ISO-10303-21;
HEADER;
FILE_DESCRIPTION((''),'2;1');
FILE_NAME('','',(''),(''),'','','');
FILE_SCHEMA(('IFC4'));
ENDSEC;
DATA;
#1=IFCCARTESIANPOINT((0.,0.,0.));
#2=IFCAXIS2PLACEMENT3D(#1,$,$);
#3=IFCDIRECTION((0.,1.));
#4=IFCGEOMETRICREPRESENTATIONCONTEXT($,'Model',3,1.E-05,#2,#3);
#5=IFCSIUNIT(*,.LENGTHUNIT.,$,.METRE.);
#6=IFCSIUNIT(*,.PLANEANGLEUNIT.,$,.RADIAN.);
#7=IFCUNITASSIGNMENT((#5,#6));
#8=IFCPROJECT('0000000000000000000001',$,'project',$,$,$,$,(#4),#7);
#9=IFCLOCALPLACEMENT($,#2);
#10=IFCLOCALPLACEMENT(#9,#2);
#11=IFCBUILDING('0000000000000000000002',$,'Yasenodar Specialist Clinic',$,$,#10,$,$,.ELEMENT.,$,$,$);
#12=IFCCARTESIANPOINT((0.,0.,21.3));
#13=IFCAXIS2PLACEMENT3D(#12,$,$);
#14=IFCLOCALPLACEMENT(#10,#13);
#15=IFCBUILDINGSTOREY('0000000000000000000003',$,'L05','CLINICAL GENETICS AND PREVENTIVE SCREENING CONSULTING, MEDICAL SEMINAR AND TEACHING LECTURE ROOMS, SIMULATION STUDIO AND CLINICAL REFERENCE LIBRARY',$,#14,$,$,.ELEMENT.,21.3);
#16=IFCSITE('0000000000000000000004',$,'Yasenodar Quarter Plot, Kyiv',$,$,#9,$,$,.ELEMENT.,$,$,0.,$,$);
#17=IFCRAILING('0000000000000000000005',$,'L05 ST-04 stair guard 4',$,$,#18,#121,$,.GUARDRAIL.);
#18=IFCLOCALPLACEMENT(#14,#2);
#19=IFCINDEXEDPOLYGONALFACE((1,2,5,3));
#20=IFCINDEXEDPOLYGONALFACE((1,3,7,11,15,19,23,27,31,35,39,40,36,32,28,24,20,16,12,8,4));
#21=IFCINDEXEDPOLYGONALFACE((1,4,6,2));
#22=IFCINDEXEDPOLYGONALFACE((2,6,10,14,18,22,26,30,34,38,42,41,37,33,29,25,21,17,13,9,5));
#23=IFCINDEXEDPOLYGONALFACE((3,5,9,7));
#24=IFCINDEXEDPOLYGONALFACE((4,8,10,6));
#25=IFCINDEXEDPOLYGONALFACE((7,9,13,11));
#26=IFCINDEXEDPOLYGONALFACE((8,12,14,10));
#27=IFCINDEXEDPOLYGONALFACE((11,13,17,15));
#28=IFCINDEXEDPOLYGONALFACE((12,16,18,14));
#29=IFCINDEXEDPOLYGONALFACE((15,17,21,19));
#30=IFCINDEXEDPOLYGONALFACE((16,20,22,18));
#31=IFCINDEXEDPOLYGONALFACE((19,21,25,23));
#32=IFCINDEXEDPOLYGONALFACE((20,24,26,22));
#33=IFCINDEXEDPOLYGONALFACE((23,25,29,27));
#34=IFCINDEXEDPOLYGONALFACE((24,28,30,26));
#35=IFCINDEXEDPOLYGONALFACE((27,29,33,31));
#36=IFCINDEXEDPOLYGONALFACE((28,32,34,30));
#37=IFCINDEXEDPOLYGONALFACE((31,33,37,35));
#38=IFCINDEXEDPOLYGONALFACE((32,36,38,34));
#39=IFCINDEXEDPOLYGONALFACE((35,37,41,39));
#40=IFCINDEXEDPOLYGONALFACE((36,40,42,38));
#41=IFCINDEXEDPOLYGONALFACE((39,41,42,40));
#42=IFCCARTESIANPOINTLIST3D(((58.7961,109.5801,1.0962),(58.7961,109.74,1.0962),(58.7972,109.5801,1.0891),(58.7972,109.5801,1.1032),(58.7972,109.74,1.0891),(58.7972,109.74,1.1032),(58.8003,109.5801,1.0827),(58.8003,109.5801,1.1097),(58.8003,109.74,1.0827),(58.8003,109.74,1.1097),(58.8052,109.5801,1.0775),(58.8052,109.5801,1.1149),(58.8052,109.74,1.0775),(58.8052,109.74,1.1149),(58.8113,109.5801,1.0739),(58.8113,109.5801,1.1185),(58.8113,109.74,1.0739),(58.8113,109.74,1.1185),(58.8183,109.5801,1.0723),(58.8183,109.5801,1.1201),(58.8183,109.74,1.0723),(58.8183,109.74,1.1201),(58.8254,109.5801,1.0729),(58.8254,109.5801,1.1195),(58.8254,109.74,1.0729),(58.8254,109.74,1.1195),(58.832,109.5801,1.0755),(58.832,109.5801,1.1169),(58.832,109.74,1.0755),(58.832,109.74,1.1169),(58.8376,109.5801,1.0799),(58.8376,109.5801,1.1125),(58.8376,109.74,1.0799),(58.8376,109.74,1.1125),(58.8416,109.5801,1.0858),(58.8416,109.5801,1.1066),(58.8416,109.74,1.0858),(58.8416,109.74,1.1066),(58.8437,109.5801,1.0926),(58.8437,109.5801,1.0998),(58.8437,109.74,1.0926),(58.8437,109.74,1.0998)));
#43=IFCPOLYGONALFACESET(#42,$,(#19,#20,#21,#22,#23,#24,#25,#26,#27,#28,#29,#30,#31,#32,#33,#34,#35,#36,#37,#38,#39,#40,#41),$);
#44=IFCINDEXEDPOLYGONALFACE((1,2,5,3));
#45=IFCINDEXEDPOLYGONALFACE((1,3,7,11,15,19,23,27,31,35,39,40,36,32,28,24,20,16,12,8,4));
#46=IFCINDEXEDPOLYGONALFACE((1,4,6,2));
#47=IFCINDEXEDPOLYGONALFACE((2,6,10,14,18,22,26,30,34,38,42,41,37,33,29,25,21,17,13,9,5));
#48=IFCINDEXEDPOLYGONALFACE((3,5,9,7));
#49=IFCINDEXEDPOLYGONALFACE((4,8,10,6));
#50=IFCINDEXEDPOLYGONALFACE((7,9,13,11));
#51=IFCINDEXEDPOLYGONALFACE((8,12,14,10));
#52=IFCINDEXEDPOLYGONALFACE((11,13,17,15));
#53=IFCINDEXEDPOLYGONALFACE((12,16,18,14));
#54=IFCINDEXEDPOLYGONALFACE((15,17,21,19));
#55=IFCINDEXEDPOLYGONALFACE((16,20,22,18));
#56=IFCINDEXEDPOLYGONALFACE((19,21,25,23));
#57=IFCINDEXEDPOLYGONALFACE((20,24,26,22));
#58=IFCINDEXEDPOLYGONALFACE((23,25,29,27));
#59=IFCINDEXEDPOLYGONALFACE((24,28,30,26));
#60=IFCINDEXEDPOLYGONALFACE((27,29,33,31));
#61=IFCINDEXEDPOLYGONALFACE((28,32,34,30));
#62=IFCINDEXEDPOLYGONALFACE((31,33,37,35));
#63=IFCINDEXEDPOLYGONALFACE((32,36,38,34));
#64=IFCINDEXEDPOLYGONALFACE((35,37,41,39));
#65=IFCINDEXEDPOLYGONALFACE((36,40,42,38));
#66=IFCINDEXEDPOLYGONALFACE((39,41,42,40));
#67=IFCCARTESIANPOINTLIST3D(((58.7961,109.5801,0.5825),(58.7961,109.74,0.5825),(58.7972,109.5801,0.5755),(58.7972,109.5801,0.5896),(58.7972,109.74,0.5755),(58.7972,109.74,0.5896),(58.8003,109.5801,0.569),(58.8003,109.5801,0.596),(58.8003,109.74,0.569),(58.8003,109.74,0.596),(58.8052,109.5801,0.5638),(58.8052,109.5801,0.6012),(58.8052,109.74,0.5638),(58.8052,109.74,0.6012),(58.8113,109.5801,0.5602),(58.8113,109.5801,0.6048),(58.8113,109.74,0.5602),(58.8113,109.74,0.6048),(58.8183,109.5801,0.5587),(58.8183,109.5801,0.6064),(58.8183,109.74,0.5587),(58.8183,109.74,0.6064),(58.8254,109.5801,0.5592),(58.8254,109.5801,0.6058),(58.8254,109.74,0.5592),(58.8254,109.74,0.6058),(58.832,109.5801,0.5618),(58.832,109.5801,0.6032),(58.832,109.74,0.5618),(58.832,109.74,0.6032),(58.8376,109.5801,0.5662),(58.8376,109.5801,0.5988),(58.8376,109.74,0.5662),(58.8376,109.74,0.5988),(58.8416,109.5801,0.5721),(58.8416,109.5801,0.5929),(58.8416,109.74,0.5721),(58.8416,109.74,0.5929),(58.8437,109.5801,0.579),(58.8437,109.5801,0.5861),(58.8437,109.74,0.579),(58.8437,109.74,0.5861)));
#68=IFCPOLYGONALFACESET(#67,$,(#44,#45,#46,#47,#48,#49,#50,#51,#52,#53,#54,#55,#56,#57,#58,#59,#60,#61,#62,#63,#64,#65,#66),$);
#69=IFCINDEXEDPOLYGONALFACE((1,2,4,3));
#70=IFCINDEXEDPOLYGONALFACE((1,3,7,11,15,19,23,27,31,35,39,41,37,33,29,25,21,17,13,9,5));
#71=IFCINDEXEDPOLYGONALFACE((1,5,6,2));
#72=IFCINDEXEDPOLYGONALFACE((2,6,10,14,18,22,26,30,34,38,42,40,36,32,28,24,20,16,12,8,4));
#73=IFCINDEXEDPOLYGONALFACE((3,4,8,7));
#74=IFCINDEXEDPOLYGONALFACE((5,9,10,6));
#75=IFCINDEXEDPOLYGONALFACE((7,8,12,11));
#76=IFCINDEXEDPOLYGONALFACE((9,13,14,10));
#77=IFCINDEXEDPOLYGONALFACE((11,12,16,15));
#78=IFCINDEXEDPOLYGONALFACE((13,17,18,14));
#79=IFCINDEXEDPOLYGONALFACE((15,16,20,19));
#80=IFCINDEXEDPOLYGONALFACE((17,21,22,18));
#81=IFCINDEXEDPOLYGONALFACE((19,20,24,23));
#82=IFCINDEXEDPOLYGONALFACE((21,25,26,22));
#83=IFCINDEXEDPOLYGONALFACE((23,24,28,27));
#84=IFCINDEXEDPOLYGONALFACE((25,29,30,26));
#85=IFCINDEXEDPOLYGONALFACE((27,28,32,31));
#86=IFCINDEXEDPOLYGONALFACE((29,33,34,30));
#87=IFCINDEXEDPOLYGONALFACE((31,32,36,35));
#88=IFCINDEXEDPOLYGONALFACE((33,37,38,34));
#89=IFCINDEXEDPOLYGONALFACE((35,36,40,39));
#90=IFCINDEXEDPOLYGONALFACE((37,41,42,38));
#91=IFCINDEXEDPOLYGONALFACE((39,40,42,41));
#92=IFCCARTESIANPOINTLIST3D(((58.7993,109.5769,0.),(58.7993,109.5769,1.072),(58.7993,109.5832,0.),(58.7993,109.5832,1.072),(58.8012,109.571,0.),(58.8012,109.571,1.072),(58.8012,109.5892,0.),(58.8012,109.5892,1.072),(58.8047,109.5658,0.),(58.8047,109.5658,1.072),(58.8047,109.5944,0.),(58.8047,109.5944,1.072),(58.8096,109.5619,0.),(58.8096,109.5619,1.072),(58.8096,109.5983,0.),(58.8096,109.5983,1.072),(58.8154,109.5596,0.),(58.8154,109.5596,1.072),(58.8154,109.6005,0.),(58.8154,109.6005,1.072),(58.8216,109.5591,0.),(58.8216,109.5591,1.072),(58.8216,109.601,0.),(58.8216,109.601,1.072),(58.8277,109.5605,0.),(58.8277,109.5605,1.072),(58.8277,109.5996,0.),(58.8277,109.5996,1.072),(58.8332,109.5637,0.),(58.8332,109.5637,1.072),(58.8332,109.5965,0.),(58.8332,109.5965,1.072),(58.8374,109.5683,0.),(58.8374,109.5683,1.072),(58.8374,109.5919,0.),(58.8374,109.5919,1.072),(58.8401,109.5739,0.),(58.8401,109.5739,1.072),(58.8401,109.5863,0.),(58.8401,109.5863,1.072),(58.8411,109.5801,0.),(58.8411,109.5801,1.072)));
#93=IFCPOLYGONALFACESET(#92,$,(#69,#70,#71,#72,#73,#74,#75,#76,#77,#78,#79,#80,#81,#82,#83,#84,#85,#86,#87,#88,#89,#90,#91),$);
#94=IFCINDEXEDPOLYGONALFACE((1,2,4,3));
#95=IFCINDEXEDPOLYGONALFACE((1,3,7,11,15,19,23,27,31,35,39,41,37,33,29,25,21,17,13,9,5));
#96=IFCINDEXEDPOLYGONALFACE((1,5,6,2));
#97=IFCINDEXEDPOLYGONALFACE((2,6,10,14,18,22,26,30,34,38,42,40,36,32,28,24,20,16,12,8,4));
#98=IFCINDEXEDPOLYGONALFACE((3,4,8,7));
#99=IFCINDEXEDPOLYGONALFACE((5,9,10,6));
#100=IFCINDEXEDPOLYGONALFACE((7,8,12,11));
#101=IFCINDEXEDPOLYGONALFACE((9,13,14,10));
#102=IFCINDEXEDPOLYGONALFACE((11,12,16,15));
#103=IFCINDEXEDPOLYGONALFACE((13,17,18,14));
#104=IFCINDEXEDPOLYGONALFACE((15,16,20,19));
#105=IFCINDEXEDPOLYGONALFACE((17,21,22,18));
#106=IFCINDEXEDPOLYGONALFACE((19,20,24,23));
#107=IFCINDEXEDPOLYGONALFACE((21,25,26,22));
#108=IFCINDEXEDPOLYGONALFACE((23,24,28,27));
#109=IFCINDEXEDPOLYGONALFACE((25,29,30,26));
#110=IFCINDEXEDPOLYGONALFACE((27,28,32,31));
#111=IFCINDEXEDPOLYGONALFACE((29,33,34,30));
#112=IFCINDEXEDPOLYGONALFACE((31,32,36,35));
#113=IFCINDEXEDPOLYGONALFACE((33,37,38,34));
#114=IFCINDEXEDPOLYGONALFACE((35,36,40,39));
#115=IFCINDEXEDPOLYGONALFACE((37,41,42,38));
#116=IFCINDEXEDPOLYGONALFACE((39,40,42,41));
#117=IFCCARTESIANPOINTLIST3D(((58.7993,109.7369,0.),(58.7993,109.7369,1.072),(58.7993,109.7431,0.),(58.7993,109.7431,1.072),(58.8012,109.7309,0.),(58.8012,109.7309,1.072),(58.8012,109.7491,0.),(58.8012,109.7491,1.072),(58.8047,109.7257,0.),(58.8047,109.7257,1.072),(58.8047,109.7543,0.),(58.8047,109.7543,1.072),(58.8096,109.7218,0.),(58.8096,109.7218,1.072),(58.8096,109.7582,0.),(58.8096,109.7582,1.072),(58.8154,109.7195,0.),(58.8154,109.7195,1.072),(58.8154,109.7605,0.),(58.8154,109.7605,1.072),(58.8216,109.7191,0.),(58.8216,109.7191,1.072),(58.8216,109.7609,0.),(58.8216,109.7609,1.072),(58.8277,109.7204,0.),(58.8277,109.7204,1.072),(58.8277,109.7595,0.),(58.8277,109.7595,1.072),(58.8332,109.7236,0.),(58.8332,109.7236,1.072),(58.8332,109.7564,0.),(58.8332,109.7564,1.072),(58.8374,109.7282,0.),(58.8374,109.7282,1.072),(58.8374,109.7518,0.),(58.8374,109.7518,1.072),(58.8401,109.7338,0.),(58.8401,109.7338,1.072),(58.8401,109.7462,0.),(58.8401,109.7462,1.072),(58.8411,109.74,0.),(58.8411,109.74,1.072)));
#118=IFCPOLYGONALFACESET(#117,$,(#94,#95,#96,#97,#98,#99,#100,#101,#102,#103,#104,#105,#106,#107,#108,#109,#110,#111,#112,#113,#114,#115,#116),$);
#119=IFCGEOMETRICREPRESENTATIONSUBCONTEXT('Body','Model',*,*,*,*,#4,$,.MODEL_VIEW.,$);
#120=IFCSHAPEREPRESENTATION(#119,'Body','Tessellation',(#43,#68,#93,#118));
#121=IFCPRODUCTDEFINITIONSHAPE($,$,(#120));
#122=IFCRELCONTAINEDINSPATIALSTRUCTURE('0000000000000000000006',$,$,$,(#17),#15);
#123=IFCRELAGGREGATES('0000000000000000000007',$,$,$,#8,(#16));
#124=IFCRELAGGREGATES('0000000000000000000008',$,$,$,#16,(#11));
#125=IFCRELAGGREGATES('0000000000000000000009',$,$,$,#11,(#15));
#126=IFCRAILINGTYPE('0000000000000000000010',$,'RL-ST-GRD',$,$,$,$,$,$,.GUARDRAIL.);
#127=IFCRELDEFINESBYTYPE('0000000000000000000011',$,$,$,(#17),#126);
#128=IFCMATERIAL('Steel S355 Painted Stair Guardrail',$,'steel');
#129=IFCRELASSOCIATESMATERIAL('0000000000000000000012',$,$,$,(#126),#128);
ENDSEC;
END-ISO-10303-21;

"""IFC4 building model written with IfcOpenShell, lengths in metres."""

from ifc_helpers import new_model, si_unit, direction, frame, origin, origin_2d, place, context, subcontext, project, spatial, circle, extrude, material, type_object, element, save


model = new_model("IFC4")

# Units and contexts
model_context = context("Model", 3, precision=1e-05, world=origin(), true_north=direction((0.0, 1.0)))
body_context = subcontext(model_context, "Body", "Model", "MODEL_VIEW")
ifc_project = project(units=[si_unit("LENGTHUNIT", "METRE"), si_unit("PLANEANGLEUNIT", "RADIAN")], contexts=[model_context])

# Site, building, storey
site_placement = place(None, origin())
site = spatial("IfcSite", under=ifc_project, at=site_placement, Name="Yasenodar Quarter Plot, Kyiv", CompositionType="ELEMENT", RefElevation=0.0)
building_placement = place(site_placement, origin())
building = spatial("IfcBuilding", under=site, at=building_placement, Name="Yasenodar Specialist Clinic", CompositionType="ELEMENT")
storey_placement = place(building_placement, frame((0.0, 0.0, 21.3)))
storey = spatial("IfcBuildingStorey", under=building, at=storey_placement, Name="L05", Description="CLINICAL GENETICS AND PREVENTIVE SCREENING CONSULTING, MEDICAL SEMINAR AND TEACHING LECTURE ROOMS, SIMULATION STUDIO AND CLINICAL REFERENCE LIBRARY", CompositionType="ELEMENT", Elevation=21.3)

# Railing
ifc_material_1 = material(Name="Steel S355 Painted Stair Guardrail", Category="steel")
railing_type_1 = type_object("IfcRailingType", Name="RL-ST-GRD", PredefinedType="GUARDRAIL", material=ifc_material_1)
railing_1_placement = place(storey_placement, frame((58.8201, 109.5801, 0.0)))
element("IfcRailing", 1, at=railing_1_placement, inside=storey, type_object=railing_type_1, Name="L05 ST-04 stair guard 4", PredefinedType="GUARDRAIL", context=body_context, shape_type="SweptSolid", body=[
    extrude(circle(Radius=0.0239, at=origin_2d()), frame((0.0, 0.0, 1.0962), z_axis=(0.0, 1.0, 0.0), x_axis=(-1.0, 0.0, 0.0)), (0.0, 0.0, 1.0), 0.1599),
    extrude(circle(Radius=0.0239, at=origin_2d()), frame((0.0, 0.0, 0.5825), z_axis=(0.0, 1.0, 0.0), x_axis=(-1.0, 0.0, 0.0)), (0.0, 0.0, 1.0), 0.1599),
    extrude(circle(Radius=0.021, at=origin_2d()), origin(), (0.0, 0.0, 1.0), 1.072),
    extrude(circle(Radius=0.021, at=origin_2d()), frame((0.0, 0.1599, 0.0)), (0.0, 0.0, 1.0), 1.072),
])

save(model, "model.ifc")
